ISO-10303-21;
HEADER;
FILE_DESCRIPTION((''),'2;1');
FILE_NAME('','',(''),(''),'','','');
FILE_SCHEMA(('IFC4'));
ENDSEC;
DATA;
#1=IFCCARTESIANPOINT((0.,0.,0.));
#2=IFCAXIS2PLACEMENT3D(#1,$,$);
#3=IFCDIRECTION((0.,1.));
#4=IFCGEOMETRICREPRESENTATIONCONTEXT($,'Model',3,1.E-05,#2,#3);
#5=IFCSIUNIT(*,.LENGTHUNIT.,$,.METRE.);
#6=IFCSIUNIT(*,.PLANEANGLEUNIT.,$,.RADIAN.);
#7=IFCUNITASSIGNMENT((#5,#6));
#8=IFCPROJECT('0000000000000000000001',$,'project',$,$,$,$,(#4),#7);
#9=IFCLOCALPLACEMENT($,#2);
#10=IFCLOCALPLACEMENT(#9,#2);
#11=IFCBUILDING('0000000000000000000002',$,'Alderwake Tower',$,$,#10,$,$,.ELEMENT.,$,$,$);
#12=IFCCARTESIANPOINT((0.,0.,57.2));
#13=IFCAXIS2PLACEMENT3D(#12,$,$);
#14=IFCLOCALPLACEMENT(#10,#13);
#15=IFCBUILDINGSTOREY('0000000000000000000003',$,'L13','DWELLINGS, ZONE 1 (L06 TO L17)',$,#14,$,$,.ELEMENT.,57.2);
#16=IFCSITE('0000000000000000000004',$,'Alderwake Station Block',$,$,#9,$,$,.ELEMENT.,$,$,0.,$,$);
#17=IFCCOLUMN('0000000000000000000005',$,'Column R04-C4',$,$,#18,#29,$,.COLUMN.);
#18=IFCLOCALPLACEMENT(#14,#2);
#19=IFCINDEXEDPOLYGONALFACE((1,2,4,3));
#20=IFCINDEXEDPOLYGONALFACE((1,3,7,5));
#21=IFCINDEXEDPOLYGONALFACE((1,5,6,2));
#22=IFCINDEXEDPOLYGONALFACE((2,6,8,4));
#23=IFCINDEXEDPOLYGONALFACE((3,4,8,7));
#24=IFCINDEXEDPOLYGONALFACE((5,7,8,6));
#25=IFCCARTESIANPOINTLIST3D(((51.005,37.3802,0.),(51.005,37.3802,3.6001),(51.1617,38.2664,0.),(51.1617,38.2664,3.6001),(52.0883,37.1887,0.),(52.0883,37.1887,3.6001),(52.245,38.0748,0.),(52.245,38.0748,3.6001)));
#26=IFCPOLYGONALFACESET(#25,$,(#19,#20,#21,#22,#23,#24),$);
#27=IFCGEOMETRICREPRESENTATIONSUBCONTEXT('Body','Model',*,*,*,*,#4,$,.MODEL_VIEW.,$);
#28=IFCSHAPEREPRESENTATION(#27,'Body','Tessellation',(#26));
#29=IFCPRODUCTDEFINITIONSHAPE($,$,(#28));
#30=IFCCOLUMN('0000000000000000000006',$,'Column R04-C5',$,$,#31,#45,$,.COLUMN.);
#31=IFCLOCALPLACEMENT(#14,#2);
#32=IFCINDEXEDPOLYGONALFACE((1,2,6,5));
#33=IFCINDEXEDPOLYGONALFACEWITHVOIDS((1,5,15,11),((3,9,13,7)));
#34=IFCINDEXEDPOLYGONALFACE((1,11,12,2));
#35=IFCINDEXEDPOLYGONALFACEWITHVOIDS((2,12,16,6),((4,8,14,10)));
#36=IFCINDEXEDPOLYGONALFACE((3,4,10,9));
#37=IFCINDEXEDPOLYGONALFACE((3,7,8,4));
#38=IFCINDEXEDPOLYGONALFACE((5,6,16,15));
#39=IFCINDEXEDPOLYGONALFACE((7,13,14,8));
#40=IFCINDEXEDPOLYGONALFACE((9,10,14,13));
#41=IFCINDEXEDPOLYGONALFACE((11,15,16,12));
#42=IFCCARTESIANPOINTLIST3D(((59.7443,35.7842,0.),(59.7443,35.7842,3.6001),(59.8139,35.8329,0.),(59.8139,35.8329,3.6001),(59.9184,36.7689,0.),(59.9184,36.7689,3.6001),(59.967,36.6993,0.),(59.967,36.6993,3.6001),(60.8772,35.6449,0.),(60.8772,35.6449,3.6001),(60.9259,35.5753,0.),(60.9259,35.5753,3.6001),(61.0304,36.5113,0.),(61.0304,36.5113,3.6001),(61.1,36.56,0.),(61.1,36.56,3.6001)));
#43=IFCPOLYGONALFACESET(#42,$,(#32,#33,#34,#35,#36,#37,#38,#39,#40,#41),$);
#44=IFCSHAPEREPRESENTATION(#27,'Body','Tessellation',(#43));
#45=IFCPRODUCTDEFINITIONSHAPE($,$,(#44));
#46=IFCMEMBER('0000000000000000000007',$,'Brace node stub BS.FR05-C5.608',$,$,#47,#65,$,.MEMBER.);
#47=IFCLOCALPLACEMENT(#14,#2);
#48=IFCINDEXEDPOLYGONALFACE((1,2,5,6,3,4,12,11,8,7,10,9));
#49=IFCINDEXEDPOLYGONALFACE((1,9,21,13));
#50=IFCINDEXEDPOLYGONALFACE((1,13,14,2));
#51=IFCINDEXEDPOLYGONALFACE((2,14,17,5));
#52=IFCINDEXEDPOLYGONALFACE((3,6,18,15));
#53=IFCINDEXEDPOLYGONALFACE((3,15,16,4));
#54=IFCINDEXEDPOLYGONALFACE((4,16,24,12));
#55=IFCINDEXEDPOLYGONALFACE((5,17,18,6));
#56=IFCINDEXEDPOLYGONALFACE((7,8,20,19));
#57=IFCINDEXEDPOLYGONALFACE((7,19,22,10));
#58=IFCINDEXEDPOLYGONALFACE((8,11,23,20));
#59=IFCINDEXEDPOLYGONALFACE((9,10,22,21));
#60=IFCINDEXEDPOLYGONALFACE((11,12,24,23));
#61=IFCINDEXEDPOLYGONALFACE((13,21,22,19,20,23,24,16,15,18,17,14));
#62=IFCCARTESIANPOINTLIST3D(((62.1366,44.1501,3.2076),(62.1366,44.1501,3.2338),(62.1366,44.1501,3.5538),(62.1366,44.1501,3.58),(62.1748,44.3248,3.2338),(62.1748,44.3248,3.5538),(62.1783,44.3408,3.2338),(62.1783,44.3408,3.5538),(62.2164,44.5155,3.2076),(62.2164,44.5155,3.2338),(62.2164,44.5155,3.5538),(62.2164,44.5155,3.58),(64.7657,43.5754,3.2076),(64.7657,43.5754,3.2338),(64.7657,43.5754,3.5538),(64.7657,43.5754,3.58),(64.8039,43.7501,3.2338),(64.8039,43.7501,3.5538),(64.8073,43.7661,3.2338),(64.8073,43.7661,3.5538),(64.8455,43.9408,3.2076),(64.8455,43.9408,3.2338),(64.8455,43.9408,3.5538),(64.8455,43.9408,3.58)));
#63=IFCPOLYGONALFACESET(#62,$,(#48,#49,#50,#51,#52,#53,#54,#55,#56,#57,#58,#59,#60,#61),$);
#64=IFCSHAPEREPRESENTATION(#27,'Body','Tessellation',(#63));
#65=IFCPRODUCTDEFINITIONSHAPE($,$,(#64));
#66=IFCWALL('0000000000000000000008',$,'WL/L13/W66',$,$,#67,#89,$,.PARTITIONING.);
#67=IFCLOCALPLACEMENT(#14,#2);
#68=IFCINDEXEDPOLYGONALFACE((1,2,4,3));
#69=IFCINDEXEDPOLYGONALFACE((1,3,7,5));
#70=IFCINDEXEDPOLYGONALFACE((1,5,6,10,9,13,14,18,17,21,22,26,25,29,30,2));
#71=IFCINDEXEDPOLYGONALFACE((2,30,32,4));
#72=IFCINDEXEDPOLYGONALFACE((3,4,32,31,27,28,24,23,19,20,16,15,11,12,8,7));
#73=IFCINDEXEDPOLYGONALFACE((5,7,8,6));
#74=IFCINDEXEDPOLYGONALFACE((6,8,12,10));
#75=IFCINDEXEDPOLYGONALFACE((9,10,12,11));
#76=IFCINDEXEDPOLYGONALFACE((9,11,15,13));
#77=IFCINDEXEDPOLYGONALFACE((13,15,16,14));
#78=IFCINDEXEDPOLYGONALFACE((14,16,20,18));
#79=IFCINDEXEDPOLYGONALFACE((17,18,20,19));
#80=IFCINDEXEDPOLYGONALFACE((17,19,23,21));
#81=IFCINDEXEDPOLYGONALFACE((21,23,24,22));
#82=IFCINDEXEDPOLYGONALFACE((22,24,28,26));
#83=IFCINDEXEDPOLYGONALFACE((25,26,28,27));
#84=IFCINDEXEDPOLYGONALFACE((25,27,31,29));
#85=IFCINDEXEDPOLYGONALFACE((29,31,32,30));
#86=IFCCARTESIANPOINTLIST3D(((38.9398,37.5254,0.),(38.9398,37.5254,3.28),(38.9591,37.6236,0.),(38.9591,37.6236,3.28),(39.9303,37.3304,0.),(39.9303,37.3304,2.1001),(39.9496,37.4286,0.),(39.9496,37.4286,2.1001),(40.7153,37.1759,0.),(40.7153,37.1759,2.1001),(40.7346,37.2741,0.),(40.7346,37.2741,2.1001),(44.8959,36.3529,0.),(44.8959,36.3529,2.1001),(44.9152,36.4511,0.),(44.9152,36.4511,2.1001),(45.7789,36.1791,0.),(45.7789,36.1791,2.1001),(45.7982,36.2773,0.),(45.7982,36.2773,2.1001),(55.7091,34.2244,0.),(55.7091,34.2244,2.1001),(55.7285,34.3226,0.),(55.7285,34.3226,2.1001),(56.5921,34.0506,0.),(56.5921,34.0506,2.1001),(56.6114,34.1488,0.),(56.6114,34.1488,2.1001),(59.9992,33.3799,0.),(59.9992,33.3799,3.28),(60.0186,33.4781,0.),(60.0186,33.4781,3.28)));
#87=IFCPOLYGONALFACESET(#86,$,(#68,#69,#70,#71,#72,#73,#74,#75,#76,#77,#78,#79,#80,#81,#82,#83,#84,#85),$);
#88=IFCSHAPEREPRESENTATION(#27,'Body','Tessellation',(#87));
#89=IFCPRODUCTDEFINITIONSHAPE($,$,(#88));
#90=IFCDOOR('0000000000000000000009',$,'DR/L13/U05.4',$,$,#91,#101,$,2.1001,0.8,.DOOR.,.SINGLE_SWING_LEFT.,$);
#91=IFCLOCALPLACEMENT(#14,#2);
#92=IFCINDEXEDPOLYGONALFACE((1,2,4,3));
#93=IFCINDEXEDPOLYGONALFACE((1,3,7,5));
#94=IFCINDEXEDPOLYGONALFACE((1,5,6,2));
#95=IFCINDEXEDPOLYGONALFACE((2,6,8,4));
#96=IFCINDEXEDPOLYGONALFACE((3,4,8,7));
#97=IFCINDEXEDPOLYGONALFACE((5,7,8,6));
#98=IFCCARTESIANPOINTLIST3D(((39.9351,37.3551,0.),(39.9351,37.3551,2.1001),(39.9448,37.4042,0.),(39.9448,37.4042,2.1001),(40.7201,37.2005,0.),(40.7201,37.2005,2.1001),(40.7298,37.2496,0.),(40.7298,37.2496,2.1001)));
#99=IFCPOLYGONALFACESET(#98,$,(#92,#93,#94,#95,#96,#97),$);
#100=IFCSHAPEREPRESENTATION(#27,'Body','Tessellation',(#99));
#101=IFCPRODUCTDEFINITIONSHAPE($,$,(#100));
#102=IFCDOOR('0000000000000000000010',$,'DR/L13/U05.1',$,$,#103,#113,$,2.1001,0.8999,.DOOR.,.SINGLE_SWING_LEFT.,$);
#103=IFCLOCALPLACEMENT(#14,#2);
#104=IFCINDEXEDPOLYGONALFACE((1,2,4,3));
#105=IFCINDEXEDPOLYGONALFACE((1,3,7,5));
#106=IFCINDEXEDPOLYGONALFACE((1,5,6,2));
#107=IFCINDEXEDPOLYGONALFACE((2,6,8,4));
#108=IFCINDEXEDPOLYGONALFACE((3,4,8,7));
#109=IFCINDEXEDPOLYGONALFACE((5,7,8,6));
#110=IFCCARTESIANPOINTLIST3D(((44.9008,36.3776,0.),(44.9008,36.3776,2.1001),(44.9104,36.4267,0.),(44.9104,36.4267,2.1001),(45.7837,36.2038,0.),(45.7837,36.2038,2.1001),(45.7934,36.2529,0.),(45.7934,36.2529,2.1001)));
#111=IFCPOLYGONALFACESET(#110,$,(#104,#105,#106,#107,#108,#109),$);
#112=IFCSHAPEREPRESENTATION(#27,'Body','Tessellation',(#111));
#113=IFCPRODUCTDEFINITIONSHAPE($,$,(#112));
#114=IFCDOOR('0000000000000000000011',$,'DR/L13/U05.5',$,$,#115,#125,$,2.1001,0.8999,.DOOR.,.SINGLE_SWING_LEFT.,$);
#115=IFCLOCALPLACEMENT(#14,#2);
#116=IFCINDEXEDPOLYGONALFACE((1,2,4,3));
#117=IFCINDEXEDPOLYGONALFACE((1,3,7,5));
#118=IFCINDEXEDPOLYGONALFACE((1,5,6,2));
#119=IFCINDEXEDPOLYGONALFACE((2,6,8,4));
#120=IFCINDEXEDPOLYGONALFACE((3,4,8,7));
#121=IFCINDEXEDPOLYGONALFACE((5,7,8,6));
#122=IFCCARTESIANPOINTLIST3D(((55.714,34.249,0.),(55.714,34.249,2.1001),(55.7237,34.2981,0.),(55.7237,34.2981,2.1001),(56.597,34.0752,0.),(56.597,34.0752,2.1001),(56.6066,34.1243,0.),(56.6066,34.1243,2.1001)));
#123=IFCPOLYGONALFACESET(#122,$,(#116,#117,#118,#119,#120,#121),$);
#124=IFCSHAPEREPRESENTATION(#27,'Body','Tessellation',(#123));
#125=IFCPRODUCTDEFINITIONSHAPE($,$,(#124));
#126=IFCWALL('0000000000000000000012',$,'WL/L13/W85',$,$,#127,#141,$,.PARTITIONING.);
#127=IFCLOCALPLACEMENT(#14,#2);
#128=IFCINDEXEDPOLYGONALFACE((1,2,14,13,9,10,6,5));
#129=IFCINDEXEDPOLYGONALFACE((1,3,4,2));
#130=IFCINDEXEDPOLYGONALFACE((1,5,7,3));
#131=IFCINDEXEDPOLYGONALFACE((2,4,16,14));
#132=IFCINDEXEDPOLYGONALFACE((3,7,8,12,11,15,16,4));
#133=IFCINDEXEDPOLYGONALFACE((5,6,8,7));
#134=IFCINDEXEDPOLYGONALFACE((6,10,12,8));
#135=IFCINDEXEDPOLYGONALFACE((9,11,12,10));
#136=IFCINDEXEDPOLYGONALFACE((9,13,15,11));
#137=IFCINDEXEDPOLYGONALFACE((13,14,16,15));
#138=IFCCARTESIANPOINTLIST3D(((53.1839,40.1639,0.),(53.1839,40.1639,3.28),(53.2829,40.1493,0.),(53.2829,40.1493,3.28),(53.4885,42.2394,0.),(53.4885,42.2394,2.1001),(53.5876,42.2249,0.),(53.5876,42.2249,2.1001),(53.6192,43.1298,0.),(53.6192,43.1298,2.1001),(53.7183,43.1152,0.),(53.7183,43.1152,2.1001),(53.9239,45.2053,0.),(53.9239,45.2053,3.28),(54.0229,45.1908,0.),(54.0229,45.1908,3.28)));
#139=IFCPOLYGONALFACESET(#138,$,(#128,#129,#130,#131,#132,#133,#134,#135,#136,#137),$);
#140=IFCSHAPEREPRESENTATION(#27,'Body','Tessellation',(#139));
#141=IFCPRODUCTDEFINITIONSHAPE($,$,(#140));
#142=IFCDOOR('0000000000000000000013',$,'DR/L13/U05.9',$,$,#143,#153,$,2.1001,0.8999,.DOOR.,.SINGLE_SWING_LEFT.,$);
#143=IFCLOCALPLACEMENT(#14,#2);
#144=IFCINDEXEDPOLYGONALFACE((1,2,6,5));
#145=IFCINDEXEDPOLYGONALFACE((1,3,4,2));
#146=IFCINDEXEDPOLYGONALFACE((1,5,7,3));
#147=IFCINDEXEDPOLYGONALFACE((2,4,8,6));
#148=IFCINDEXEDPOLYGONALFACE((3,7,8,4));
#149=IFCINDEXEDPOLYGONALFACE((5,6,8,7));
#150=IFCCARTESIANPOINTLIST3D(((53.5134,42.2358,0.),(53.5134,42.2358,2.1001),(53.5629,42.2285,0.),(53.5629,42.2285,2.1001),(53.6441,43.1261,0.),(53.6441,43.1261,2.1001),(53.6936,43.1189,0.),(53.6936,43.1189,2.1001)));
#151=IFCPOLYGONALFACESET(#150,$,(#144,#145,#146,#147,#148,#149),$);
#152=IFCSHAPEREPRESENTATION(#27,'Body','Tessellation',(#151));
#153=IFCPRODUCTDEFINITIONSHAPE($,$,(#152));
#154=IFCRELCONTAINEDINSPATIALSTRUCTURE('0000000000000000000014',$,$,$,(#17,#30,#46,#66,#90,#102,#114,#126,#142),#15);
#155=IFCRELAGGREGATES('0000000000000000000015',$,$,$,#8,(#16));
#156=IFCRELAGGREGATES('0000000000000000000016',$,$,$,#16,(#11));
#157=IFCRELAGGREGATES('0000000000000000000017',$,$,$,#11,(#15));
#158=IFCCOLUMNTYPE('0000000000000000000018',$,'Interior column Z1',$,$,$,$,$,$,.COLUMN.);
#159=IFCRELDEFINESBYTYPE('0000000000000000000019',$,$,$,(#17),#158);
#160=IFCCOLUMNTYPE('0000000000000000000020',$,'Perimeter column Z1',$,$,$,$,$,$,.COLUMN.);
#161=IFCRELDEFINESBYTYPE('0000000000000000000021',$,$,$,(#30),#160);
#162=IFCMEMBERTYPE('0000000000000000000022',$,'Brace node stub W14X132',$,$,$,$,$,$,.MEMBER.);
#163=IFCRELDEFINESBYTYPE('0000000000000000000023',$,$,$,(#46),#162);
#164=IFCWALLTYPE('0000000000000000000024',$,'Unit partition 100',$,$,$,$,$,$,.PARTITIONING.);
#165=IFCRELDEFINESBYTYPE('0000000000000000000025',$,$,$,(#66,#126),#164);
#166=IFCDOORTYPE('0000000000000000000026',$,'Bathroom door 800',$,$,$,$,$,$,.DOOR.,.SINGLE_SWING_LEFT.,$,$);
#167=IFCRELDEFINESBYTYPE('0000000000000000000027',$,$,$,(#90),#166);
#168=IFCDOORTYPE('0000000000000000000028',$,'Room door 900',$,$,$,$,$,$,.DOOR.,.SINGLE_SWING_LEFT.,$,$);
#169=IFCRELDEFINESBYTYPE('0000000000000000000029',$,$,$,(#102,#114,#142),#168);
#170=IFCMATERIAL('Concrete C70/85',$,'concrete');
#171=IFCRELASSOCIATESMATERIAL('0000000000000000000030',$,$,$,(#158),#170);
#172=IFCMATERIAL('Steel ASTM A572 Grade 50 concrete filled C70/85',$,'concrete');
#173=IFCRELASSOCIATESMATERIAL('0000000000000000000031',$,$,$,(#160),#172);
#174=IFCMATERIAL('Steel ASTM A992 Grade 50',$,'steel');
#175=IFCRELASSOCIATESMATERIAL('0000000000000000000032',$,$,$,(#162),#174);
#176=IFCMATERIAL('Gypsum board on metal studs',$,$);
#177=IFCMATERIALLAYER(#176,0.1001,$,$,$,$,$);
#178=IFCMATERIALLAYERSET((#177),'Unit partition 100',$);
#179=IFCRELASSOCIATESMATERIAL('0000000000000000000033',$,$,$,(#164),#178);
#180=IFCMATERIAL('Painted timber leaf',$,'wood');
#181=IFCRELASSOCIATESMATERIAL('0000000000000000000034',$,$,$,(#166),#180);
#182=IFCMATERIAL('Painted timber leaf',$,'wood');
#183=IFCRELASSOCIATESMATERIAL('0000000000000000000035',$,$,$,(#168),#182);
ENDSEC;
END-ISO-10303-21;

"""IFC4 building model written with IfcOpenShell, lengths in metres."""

from ifc_helpers import new_model, si_unit, direction, frame, frame_2d, origin, origin_2d, place, context, subcontext, project, spatial, rectangle, hollow_rectangle, i_section, extrude, material, layer, layer_set, material_profile, profile_set, type_object, element, fill, save


model = new_model("IFC4")

# Units and contexts
model_context = context("Model", 3, precision=1e-05, world=origin(), true_north=direction((0.0, 1.0)))
body_context = subcontext(model_context, "Body", "Model", "MODEL_VIEW")
ifc_project = project(units=[si_unit("LENGTHUNIT", "METRE"), si_unit("PLANEANGLEUNIT", "RADIAN")], contexts=[model_context])

# Site, building, storey
site_placement = place(None, origin())
site = spatial("IfcSite", under=ifc_project, at=site_placement, Name="Alderwake Station Block", CompositionType="ELEMENT", RefElevation=0.0)
building_placement = place(site_placement, origin())
building = spatial("IfcBuilding", under=site, at=building_placement, Name="Alderwake Tower", CompositionType="ELEMENT")
storey_placement = place(building_placement, frame((0.0, 0.0, 57.2)))
storey = spatial("IfcBuildingStorey", under=building, at=storey_placement, Name="L13", Description="DWELLINGS, ZONE 1 (L06 TO L17)", CompositionType="ELEMENT", Elevation=57.2)

# Columns
ifc_material_1 = material(Name="Concrete C70/85", Category="concrete")
ifc_material_profile_1 = material_profile(ifc_material_1, rectangle(XDim=0.8999, YDim=1.1001, at=origin_2d()), Name="RC 1100X900")
ifc_profile_set_1 = profile_set([ifc_material_profile_1], Name="Concrete C70/85")
column_type_1 = type_object("IfcColumnType", Name="Interior column Z1", PredefinedType="COLUMN", material=ifc_profile_set_1)
column_1_placement = place(storey_placement, frame((51.625, 37.7275, 0.0), z_axis=(0.0, 0.0, 1.0), x_axis=(0.174109, 0.984726, 0.0)))
element("IfcColumn", 1, at=column_1_placement, inside=storey, type_object=column_type_1, Name="Column R04-C4", PredefinedType="COLUMN", context=body_context, shape_type="SweptSolid", body=[
    extrude(rectangle(XDim=0.8999, YDim=1.1001, at=origin_2d()), origin(), (0.0, 0.0, 1.0), 3.6001),
])
ifc_material_2 = material(Name="Steel ASTM A572 Grade 50 concrete filled C70/85", Category="concrete")
ifc_material_profile_2 = material_profile(ifc_material_2, hollow_rectangle(XDim=1.0, YDim=1.2, WallThickness=0.0601, at=origin_2d()), Name="BOX 1200X1000X60")
ifc_profile_set_2 = profile_set([ifc_material_profile_2], Name="Steel ASTM A572 Grade 50 concrete filled C70/85")
column_type_2 = type_object("IfcColumnType", Name="Perimeter column Z1", PredefinedType="COLUMN", material=ifc_profile_set_2)
column_2_placement = place(storey_placement, frame((60.4221, 36.1721, 0.0), z_axis=(0.0, 0.0, 1.0), x_axis=(0.174109, 0.984726, 0.0)))
element("IfcColumn", 2, at=column_2_placement, inside=storey, type_object=column_type_2, Name="Column R04-C5", PredefinedType="COLUMN", context=body_context, shape_type="SweptSolid", body=[
    extrude(hollow_rectangle(XDim=1.0, YDim=1.2, WallThickness=0.0601, at=origin_2d()), origin(), (0.0, 0.0, 1.0), 3.6001),
])

# Member
ifc_material_3 = material(Name="Steel ASTM A992 Grade 50", Category="steel")
ifc_material_profile_3 = material_profile(ifc_material_3, i_section(OverallWidth=0.374, OverallDepth=0.3723, WebThickness=0.0164, FlangeThickness=0.0261, at=origin_2d()), Name="W14X132")
ifc_profile_set_3 = profile_set([ifc_material_profile_3], Name="Steel ASTM A992 Grade 50")
member_type = type_object("IfcMemberType", Name="Brace node stub W14X132", PredefinedType="MEMBER", material=ifc_profile_set_3)
member_placement = place(storey_placement, frame((62.1765, 44.3328, 3.3938), z_axis=(0.976933, -0.213548, 0.0), x_axis=(0.213548, 0.976933, 0.0)))
element("IfcMember", 3, at=member_placement, inside=storey, type_object=member_type, Name="Brace node stub BS.FR05-C5.608", PredefinedType="MEMBER", context=body_context, shape_type="SweptSolid", body=[
    extrude(i_section(OverallWidth=0.374, OverallDepth=0.3723, WebThickness=0.0164, FlangeThickness=0.0261, at=origin_2d()), origin(), (0.0, 0.0, 1.0), 2.6912),
])

# Wall, openings, doors
ifc_material_4 = material(Name="Gypsum board on metal studs")
ifc_layer_1 = layer(ifc_material_4, 0.1001)
ifc_layer_set_1 = layer_set([ifc_layer_1], Name="Unit partition 100")
wall_type_1 = type_object("IfcWallType", Name="Unit partition 100", PredefinedType="PARTITIONING", material=ifc_layer_set_1)
wall_1_placement = place(storey_placement, frame((60.009, 33.429, 0.0), z_axis=(0.0, 0.0, 1.0), x_axis=(-0.981171, 0.19314, 0.0)))
wall_1 = element("IfcWall", 4, at=wall_1_placement, inside=storey, type_object=wall_type_1, Name="WL/L13/W66", PredefinedType="PARTITIONING", context=body_context, shape_type="SweptSolid", body=[
    extrude(rectangle(XDim=21.4636, YDim=0.1001, at=frame_2d((10.7319, 0.0))), origin(), (0.0, 0.0, 1.0), 3.28),
])
opening_1_placement = place(wall_1_placement, frame((14.4934, 0.0, 0.0)))
opening_1 = element("IfcOpeningElement", 5, at=opening_1_placement, cuts=wall_1, PredefinedType="OPENING", context=body_context, shape_type="SweptSolid", body=[
    extrude(rectangle(XDim=0.8999, YDim=2.1001, at=frame_2d((0.45, 1.05))), frame((0.0, 0.0601, 0.0), z_axis=(0.0, -1.0, 0.0), x_axis=(1.0, 0.0, 0.0)), (0.0, 0.0, 1.0), 0.1201),
])
opening_2_placement = place(wall_1_placement, frame((19.6543, 0.0, 0.0)))
opening_2 = element("IfcOpeningElement", 6, at=opening_2_placement, cuts=wall_1, PredefinedType="OPENING", context=body_context, shape_type="SweptSolid", body=[
    extrude(rectangle(XDim=0.8, YDim=2.1001, at=frame_2d((0.3999, 1.05))), frame((0.0, 0.0601, 0.0), z_axis=(0.0, -1.0, 0.0), x_axis=(1.0, 0.0, 0.0)), (0.0, 0.0, 1.0), 0.1201),
])
opening_3_placement = place(wall_1_placement, frame((3.4727, 0.0, 0.0)))
opening_3 = element("IfcOpeningElement", 7, at=opening_3_placement, cuts=wall_1, PredefinedType="OPENING", context=body_context, shape_type="SweptSolid", body=[
    extrude(rectangle(XDim=0.8999, YDim=2.1001, at=frame_2d((0.45, 1.05))), frame((0.0, 0.0601, 0.0), z_axis=(0.0, -1.0, 0.0), x_axis=(1.0, 0.0, 0.0)), (0.0, 0.0, 1.0), 0.1201),
])
ifc_material_5 = material(Name="Painted timber leaf", Category="wood")
door_type_1 = type_object("IfcDoorType", Name="Bathroom door 800", OperationType="SINGLE_SWING_LEFT", PredefinedType="DOOR", material=ifc_material_5)
door_1_placement = place(opening_2_placement, origin())
door_1 = element("IfcDoor", 8, at=door_1_placement, inside=storey, type_object=door_type_1, Name="DR/L13/U05.4", OperationType="SINGLE_SWING_LEFT", OverallHeight=2.1001, OverallWidth=0.8, PredefinedType="DOOR", context=body_context, shape_type="SweptSolid", body=[
    extrude(rectangle(XDim=0.8, YDim=2.1001, at=frame_2d((0.3999, 1.05))), frame((0.0, 0.0249, 0.0), z_axis=(0.0, -1.0, 0.0), x_axis=(1.0, 0.0, 0.0)), (0.0, 0.0, 1.0), 0.05),
])
fill(opening_2, door_1)
ifc_material_6 = material(Name="Painted timber leaf", Category="wood")
door_type_2 = type_object("IfcDoorType", Name="Room door 900", OperationType="SINGLE_SWING_LEFT", PredefinedType="DOOR", material=ifc_material_6)
door_2_placement = place(opening_1_placement, origin())
door_2 = element("IfcDoor", 9, at=door_2_placement, inside=storey, type_object=door_type_2, Name="DR/L13/U05.1", OperationType="SINGLE_SWING_LEFT", OverallHeight=2.1001, OverallWidth=0.8999, PredefinedType="DOOR", context=body_context, shape_type="SweptSolid", body=[
    extrude(rectangle(XDim=0.8999, YDim=2.1001, at=frame_2d((0.45, 1.05))), frame((0.0, 0.0249, 0.0), z_axis=(0.0, -1.0, 0.0), x_axis=(1.0, 0.0, 0.0)), (0.0, 0.0, 1.0), 0.05),
])
fill(opening_1, door_2)
door_3_placement = place(opening_3_placement, origin())
door_3 = element("IfcDoor", 10, at=door_3_placement, inside=storey, type_object=door_type_2, Name="DR/L13/U05.5", OperationType="SINGLE_SWING_LEFT", OverallHeight=2.1001, OverallWidth=0.8999, PredefinedType="DOOR", context=body_context, shape_type="SweptSolid", body=[
    extrude(rectangle(XDim=0.8999, YDim=2.1001, at=frame_2d((0.45, 1.05))), frame((0.0, 0.0249, 0.0), z_axis=(0.0, -1.0, 0.0), x_axis=(1.0, 0.0, 0.0)), (0.0, 0.0, 1.0), 0.05),
])
fill(opening_3, door_3)

# Wall, opening, door
wall_2_placement = place(storey_placement, frame((53.2334, 40.1565, 0.0), z_axis=(0.0, 0.0, 1.0), x_axis=(0.145224, 0.989399, 0.0)))
wall_2 = element("IfcWall", 11, at=wall_2_placement, inside=storey, type_object=wall_type_1, Name="WL/L13/W85", PredefinedType="PARTITIONING", context=body_context, shape_type="SweptSolid", body=[
    extrude(rectangle(XDim=5.0955, YDim=0.1001, at=frame_2d((2.5479, 0.0))), origin(), (0.0, 0.0, 1.0), 3.28),
])
opening_4_placement = place(wall_2_placement, frame((2.0979, 0.0, 0.0)))
opening_4 = element("IfcOpeningElement", 12, at=opening_4_placement, cuts=wall_2, PredefinedType="OPENING", context=body_context, shape_type="SweptSolid", body=[
    extrude(rectangle(XDim=0.8999, YDim=2.1001, at=frame_2d((0.45, 1.05))), frame((0.0, 0.0601, 0.0), z_axis=(0.0, -1.0, 0.0), x_axis=(1.0, 0.0, 0.0)), (0.0, 0.0, 1.0), 0.1201),
])
door_4_placement = place(opening_4_placement, origin())
door_4 = element("IfcDoor", 13, at=door_4_placement, inside=storey, type_object=door_type_2, Name="DR/L13/U05.9", OperationType="SINGLE_SWING_LEFT", OverallHeight=2.1001, OverallWidth=0.8999, PredefinedType="DOOR", context=body_context, shape_type="SweptSolid", body=[
    extrude(rectangle(XDim=0.8999, YDim=2.1001, at=frame_2d((0.45, 1.05))), frame((0.0, 0.0249, 0.0), z_axis=(0.0, -1.0, 0.0), x_axis=(1.0, 0.0, 0.0)), (0.0, 0.0, 1.0), 0.05),
])
fill(opening_4, door_4)

save(model, "model.ifc")
